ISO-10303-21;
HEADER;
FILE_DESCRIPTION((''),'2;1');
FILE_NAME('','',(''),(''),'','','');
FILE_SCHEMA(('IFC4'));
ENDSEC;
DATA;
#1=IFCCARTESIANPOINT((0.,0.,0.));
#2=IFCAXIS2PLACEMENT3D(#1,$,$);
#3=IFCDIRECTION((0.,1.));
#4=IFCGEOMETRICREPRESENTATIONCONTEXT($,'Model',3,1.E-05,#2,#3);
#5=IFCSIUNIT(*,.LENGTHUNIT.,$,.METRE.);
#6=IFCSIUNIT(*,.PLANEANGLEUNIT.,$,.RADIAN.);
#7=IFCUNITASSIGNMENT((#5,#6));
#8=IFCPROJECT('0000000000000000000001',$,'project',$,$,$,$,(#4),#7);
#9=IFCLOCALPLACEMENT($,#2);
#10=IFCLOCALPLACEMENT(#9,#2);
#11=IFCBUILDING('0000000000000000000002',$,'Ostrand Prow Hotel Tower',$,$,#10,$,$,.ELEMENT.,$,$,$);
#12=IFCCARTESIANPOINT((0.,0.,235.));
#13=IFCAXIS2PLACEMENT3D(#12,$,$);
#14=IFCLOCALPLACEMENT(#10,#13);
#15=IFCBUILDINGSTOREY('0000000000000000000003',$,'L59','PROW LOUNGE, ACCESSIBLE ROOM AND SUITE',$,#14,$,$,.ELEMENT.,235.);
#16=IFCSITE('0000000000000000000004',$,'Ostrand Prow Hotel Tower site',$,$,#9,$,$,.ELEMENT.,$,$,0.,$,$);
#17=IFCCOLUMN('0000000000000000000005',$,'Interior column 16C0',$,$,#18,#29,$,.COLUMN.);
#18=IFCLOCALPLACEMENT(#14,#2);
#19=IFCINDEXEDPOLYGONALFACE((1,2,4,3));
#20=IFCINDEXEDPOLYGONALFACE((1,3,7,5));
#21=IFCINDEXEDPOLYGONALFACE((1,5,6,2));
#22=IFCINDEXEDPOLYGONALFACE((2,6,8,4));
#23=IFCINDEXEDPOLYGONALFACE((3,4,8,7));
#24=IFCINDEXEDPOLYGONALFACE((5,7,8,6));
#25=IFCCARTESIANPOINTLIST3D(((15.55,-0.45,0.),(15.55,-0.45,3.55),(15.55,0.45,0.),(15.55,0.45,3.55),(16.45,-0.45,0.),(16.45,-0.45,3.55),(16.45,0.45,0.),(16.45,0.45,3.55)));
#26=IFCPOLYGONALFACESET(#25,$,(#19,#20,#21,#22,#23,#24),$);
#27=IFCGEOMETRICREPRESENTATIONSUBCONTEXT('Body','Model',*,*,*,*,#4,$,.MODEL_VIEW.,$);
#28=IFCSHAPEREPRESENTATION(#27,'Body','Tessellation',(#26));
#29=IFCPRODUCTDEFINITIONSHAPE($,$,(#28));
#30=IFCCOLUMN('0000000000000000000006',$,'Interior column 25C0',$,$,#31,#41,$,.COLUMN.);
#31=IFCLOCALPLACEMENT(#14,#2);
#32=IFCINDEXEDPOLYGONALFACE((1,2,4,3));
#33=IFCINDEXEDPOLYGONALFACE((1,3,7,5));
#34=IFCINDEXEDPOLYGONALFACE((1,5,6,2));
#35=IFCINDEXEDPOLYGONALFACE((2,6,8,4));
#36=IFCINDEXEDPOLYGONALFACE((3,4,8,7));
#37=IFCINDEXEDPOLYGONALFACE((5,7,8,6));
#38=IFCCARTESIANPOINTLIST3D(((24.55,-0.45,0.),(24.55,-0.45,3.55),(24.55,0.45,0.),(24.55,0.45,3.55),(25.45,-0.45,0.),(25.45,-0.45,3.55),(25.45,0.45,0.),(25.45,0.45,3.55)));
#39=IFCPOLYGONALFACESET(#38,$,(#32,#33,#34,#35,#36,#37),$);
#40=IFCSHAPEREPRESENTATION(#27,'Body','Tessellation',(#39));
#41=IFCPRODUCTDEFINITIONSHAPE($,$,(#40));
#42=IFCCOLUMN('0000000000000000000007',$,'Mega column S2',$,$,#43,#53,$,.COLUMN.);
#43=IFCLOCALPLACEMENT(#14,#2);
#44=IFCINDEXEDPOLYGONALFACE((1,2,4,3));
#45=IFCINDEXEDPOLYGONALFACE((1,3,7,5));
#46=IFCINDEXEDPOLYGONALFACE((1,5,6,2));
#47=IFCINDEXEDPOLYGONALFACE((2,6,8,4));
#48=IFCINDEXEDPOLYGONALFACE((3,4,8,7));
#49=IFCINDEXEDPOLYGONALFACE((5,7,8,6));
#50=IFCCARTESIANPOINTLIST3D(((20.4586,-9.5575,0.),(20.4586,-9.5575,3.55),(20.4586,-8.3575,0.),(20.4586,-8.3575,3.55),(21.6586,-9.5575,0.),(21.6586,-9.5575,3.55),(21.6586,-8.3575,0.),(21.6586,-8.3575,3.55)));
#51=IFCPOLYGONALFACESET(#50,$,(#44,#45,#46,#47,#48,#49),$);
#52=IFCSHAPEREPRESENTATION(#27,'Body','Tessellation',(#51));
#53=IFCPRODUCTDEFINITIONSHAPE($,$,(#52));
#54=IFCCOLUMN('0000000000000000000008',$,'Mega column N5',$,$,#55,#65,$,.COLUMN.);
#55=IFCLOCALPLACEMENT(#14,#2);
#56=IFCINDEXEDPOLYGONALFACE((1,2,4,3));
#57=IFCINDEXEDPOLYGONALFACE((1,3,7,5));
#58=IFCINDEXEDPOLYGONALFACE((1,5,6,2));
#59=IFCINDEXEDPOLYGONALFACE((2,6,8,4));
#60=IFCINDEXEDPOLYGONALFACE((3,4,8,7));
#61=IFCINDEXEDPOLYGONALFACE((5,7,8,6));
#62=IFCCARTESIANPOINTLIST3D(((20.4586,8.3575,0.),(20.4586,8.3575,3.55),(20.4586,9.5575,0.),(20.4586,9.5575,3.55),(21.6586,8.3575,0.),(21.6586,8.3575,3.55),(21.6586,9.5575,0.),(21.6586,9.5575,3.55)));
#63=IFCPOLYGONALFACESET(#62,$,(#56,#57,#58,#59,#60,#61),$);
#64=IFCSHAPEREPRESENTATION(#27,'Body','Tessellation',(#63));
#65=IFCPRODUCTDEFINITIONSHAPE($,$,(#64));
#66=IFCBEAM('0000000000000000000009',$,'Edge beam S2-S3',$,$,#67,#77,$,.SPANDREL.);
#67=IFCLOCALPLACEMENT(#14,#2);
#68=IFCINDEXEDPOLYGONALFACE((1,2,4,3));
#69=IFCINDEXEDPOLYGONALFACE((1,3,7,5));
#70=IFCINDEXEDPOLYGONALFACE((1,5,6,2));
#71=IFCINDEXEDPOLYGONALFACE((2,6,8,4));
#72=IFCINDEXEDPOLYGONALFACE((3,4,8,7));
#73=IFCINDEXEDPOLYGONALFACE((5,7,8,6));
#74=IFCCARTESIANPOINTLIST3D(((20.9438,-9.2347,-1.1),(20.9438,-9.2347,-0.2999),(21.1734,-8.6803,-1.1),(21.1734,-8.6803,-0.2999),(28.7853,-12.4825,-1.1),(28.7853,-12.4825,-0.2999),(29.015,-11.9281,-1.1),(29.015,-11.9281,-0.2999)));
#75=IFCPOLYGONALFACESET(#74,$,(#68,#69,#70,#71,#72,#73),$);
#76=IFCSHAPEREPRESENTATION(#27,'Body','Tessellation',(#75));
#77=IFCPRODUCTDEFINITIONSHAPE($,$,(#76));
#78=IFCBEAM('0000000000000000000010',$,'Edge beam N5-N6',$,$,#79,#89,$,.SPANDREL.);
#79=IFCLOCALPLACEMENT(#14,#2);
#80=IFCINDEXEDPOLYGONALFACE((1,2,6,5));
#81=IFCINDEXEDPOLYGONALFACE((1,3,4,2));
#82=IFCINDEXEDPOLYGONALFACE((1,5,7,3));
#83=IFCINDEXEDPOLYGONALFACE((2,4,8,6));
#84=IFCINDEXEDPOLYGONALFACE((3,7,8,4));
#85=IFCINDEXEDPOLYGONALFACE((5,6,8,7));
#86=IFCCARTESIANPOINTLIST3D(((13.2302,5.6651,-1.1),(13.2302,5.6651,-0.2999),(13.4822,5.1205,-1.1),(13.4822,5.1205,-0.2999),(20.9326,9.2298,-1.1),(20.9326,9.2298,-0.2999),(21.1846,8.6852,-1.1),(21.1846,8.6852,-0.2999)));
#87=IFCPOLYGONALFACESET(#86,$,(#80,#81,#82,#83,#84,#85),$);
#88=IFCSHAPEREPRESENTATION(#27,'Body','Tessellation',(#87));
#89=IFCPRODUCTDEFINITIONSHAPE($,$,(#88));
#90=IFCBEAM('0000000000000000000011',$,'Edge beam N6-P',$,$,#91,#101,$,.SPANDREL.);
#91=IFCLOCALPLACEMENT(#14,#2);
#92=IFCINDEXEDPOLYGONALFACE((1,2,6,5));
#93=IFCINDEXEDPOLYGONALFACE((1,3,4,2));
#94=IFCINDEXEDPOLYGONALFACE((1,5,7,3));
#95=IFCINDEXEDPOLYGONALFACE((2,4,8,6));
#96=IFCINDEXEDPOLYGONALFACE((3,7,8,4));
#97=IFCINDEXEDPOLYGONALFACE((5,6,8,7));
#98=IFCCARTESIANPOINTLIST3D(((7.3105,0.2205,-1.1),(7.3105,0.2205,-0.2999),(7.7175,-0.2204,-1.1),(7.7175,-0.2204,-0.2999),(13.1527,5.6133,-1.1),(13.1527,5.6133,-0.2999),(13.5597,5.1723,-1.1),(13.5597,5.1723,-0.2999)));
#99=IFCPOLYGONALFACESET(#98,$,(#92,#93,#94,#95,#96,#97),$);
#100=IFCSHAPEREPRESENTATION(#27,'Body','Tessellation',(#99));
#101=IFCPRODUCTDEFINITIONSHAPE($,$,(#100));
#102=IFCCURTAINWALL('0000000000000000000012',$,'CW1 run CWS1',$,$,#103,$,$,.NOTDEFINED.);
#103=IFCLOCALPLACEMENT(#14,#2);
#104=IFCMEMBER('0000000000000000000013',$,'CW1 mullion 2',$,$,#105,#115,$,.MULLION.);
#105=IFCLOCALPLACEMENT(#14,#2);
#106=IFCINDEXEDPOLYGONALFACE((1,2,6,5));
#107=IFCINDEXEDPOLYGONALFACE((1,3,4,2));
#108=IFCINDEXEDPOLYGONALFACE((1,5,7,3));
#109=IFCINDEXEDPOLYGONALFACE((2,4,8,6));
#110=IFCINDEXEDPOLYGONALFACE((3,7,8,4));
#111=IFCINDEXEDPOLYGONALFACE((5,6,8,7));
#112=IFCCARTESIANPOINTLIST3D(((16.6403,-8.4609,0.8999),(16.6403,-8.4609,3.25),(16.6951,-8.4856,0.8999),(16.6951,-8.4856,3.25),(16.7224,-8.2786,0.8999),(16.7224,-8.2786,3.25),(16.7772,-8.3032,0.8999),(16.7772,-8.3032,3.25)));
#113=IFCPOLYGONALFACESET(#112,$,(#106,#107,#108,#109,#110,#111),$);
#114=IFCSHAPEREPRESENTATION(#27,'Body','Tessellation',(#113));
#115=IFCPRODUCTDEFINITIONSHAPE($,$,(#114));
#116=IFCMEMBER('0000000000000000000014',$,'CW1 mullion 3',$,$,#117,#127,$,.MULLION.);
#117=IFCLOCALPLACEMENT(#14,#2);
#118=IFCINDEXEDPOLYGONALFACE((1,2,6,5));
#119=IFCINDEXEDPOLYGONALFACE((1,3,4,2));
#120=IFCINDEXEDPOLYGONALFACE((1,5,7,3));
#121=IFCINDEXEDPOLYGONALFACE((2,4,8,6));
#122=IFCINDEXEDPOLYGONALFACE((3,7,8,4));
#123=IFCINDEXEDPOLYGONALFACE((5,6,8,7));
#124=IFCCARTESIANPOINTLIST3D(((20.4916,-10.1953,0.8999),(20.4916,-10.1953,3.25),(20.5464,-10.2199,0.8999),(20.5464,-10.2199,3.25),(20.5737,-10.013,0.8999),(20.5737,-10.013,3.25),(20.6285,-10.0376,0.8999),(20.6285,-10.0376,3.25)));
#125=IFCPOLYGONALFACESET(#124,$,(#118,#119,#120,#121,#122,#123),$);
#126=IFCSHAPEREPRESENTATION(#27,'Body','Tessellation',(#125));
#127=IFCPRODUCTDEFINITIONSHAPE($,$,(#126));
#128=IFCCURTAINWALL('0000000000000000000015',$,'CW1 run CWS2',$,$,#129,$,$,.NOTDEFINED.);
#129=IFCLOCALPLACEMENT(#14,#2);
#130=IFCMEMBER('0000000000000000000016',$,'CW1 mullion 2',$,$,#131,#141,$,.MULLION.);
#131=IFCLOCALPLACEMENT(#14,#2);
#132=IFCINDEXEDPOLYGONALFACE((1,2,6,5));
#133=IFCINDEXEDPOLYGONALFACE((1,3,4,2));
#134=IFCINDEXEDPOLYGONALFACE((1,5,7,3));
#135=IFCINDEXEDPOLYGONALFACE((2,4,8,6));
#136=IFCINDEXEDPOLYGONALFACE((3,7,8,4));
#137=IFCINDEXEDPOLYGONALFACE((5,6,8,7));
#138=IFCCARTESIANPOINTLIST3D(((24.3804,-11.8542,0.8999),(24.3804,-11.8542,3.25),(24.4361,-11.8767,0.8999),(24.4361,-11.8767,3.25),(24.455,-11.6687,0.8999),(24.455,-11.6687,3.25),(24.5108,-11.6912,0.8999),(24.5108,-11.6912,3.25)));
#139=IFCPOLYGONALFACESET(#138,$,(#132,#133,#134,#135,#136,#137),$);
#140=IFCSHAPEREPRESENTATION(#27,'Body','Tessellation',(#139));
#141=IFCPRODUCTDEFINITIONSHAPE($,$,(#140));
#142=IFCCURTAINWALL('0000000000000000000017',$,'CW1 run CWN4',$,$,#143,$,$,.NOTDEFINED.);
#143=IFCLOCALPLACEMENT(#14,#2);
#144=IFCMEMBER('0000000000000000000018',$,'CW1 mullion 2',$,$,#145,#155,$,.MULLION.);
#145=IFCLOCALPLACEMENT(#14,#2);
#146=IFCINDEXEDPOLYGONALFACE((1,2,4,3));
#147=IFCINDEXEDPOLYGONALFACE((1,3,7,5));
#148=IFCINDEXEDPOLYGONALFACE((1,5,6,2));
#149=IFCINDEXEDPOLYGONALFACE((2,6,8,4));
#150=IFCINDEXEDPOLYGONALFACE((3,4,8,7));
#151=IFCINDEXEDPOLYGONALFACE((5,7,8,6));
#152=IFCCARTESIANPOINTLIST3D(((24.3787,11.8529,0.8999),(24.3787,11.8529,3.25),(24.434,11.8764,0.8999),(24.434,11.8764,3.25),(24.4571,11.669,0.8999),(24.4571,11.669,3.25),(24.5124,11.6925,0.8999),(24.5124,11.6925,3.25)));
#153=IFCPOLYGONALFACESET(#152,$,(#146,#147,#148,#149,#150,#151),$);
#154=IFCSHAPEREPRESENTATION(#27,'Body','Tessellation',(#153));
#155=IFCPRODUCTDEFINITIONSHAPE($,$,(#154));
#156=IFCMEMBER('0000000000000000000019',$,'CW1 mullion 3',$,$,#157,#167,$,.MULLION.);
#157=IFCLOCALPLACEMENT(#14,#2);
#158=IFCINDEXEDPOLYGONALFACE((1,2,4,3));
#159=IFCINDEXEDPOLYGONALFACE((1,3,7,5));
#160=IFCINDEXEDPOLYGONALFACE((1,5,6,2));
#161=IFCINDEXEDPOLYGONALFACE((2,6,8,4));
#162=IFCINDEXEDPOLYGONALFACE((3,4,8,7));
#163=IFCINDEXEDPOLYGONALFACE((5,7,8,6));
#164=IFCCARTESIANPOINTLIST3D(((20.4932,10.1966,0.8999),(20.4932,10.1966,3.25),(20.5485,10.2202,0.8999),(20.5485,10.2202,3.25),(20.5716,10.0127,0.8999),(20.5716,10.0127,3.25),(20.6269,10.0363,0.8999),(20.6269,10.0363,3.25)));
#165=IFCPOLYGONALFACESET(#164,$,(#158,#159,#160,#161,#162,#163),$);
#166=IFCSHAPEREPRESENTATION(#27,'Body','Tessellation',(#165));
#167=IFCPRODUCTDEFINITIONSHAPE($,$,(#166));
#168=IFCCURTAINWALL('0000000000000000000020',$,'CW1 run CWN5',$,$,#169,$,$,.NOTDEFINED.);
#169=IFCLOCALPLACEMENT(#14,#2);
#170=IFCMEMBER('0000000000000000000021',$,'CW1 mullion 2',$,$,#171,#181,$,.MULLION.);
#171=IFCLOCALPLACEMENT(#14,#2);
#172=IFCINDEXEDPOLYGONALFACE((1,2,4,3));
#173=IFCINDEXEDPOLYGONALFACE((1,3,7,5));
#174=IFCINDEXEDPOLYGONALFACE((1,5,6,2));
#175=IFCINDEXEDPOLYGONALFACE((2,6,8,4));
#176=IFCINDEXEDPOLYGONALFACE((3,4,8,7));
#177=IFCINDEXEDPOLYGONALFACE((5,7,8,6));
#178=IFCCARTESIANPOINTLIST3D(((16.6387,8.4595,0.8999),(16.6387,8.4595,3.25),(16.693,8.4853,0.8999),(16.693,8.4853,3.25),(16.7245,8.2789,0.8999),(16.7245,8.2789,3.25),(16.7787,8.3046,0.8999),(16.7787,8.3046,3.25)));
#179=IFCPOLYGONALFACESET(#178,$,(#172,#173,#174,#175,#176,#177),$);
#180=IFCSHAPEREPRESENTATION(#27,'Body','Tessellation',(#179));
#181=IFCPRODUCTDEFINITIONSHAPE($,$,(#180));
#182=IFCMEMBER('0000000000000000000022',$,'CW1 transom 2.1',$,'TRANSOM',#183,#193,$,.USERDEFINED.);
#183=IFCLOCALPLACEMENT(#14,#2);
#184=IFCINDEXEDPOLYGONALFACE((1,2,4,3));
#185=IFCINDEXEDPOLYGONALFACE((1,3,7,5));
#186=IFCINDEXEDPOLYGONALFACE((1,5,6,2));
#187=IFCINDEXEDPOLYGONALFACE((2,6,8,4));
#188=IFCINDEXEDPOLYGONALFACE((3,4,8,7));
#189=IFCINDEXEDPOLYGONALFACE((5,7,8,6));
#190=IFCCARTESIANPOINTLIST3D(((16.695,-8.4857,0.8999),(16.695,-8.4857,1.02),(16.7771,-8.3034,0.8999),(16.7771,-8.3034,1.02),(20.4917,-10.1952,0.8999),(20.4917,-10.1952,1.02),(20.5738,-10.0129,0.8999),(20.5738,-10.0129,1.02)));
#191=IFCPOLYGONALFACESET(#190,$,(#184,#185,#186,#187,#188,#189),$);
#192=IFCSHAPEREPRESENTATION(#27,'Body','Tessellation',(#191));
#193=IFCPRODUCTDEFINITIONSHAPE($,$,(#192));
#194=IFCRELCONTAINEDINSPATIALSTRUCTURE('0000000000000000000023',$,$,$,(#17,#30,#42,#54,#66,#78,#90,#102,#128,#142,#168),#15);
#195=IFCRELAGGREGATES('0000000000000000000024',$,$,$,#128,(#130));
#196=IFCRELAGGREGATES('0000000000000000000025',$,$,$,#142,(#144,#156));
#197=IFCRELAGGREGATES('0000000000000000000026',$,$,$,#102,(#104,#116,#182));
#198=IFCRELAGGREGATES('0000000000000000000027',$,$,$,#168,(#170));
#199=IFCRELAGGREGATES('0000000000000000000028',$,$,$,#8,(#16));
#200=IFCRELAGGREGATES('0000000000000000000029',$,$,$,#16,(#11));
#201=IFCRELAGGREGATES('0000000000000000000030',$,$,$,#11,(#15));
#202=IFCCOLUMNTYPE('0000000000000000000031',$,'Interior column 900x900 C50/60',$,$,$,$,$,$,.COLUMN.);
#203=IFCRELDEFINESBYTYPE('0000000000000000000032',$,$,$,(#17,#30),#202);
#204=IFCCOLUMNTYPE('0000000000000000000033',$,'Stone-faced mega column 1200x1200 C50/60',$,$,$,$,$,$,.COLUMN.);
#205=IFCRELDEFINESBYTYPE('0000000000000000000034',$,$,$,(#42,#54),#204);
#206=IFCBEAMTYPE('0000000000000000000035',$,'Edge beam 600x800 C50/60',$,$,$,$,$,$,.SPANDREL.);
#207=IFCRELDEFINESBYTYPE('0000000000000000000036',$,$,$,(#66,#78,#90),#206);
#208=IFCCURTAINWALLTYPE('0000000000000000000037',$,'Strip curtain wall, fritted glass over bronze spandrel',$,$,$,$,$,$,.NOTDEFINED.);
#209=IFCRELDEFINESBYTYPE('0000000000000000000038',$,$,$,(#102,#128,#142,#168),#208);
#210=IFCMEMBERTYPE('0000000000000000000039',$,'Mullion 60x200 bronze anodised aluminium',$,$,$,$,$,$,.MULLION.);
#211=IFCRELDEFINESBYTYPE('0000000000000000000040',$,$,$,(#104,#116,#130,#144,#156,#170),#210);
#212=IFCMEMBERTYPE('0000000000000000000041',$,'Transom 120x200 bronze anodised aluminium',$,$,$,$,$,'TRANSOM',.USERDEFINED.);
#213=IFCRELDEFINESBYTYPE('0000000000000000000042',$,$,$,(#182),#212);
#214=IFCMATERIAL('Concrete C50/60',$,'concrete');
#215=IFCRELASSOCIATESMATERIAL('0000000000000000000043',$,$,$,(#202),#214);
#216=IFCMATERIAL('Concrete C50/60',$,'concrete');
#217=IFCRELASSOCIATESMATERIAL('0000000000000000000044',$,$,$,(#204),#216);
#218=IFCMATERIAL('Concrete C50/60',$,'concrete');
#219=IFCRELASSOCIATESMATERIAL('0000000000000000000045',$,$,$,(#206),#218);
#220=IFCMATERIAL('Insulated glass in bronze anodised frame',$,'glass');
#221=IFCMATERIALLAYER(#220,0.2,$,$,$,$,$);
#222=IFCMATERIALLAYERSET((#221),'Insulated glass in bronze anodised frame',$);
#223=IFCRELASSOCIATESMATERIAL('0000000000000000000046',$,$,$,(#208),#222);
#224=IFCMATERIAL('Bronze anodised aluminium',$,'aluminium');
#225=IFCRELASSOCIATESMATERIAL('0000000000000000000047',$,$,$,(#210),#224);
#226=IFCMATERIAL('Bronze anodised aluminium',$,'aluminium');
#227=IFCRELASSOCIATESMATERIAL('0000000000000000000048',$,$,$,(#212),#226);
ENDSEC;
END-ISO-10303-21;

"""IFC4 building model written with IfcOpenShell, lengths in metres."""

from ifc_helpers import new_model, si_unit, direction, frame, origin, origin_2d, place, context, subcontext, project, spatial, rectangle, extrude, material, layer, layer_set, material_profile, profile_set, type_object, element, aggregate, save


model = new_model("IFC4")

# Units and contexts
model_context = context("Model", 3, precision=1e-05, world=origin(), true_north=direction((0.0, 1.0)))
body_context = subcontext(model_context, "Body", "Model", "MODEL_VIEW")
ifc_project = project(units=[si_unit("LENGTHUNIT", "METRE"), si_unit("PLANEANGLEUNIT", "RADIAN")], contexts=[model_context])

# Site, building, storey
site_placement = place(None, origin())
site = spatial("IfcSite", under=ifc_project, at=site_placement, Name="Ostrand Prow Hotel Tower site", CompositionType="ELEMENT", RefElevation=0.0)
building_placement = place(site_placement, origin())
building = spatial("IfcBuilding", under=site, at=building_placement, Name="Ostrand Prow Hotel Tower", CompositionType="ELEMENT")
storey_placement = place(building_placement, frame((0.0, 0.0, 235.0)))
storey = spatial("IfcBuildingStorey", under=building, at=storey_placement, Name="L59", Description="PROW LOUNGE, ACCESSIBLE ROOM AND SUITE", CompositionType="ELEMENT", Elevation=235.0)

# Columns
ifc_material_1 = material(Name="Concrete C50/60", Category="concrete")
ifc_material_profile_1 = material_profile(ifc_material_1, rectangle(XDim=0.8999, YDim=0.8999, at=origin_2d()), Name="RC 900x900")
ifc_profile_set_1 = profile_set([ifc_material_profile_1], Name="Concrete C50/60")
column_type_1 = type_object("IfcColumnType", Name="Interior column 900x900 C50/60", PredefinedType="COLUMN", material=ifc_profile_set_1)
for number, where, z_axis, x_axis, name in (
    (1, (16.0, 0.0, 0.0), (0.0, 0.0, 1.0), (1.0, 0.0, 0.0), "Interior column 16C0"),
    (2, (25.0, 0.0, 0.0), (0.0, 0.0, 1.0), (1.0, 0.0, 0.0), "Interior column 25C0"),
):
    element("IfcColumn", number, at=place(storey_placement, frame(where, z_axis=z_axis, x_axis=x_axis)), inside=storey, type_object=column_type_1, Name=name, PredefinedType="COLUMN", context=body_context, shape_type="SweptSolid", body=[
        extrude(rectangle(XDim=0.8999, YDim=0.8999, at=origin_2d()), origin(), (0.0, 0.0, 1.0), 3.55),
    ])
ifc_material_2 = material(Name="Concrete C50/60", Category="concrete")
ifc_material_profile_2 = material_profile(ifc_material_2, rectangle(XDim=1.2, YDim=1.2, at=origin_2d()), Name="RC 1200x1200")
ifc_profile_set_2 = profile_set([ifc_material_profile_2], Name="Concrete C50/60")
column_type_2 = type_object("IfcColumnType", Name="Stone-faced mega column 1200x1200 C50/60", PredefinedType="COLUMN", material=ifc_profile_set_2)
for number, where, z_axis, x_axis, name in (
    (3, (21.0586, -8.9575, 0.0), (0.0, 0.0, 1.0), (1.0, 0.0, 0.0), "Mega column S2"),
    (4, (21.0586, 8.9575, 0.0), (0.0, 0.0, 1.0), (1.0, 0.0, 0.0), "Mega column N5"),
):
    element("IfcColumn", number, at=place(storey_placement, frame(where, z_axis=z_axis, x_axis=x_axis)), inside=storey, type_object=column_type_2, Name=name, PredefinedType="COLUMN", context=body_context, shape_type="SweptSolid", body=[
        extrude(rectangle(XDim=1.2, YDim=1.2, at=origin_2d()), origin(), (0.0, 0.0, 1.0), 3.55),
    ])

# Beams
ifc_material_3 = material(Name="Concrete C50/60", Category="concrete")
ifc_material_profile_3 = material_profile(ifc_material_3, rectangle(XDim=0.6001, YDim=0.8, at=origin_2d()), Name="RC 600x800")
ifc_profile_set_3 = profile_set([ifc_material_profile_3], Name="Concrete C50/60")
beam_type = type_object("IfcBeamType", Name="Edge beam 600x800 C50/60", PredefinedType="SPANDREL", material=ifc_profile_set_3)
beam_1_placement = place(storey_placement, frame((21.0586, -8.9575, -0.7), z_axis=(0.923891, -0.382656, 0.0), x_axis=(0.382656, 0.923891, 0.0)))
element("IfcBeam", 5, at=beam_1_placement, inside=storey, type_object=beam_type, Name="Edge beam S2-S3", PredefinedType="SPANDREL", context=body_context, shape_type="SweptSolid", body=[
    extrude(rectangle(XDim=0.6001, YDim=0.8, at=origin_2d()), origin(), (0.0, 0.0, 1.0), 8.4875),
])
beam_2_placement = place(storey_placement, frame((21.0586, 8.9575, -0.7), z_axis=(-0.907522, -0.420005, 0.0), x_axis=(0.420005, -0.907522, 0.0)))
element("IfcBeam", 6, at=beam_2_placement, inside=storey, type_object=beam_type, Name="Edge beam N5-N6", PredefinedType="SPANDREL", context=body_context, shape_type="SweptSolid", body=[
    extrude(rectangle(XDim=0.6001, YDim=0.8, at=origin_2d()), origin(), (0.0, 0.0, 1.0), 8.4873),
])
beam_3_placement = place(storey_placement, frame((13.3562, 5.3928, -0.7), z_axis=(-0.734807, -0.678276, 0.0), x_axis=(0.678276, -0.734807, 0.0)))
element("IfcBeam", 7, at=beam_3_placement, inside=storey, type_object=beam_type, Name="Edge beam N6-P", PredefinedType="SPANDREL", context=body_context, shape_type="SweptSolid", body=[
    extrude(rectangle(XDim=0.6001, YDim=0.8, at=origin_2d()), origin(), (0.0, 0.0, 1.0), 7.9507),
])

# Curtain wall, members
ifc_material_4 = material(Name="Insulated glass in bronze anodised frame", Category="glass")
ifc_layer_1 = layer(ifc_material_4, 0.2)
ifc_layer_set_1 = layer_set([ifc_layer_1], Name="Insulated glass in bronze anodised frame")
curtain_wall_type = type_object("IfcCurtainWallType", Name="Strip curtain wall, fritted glass over bronze spandrel", PredefinedType="NOTDEFINED", material=ifc_layer_set_1)
curtain_wall_1_placement = place(storey_placement, origin())
curtain_wall_1 = element("IfcCurtainWall", 8, at=curtain_wall_1_placement, inside=storey, type_object=curtain_wall_type, Name="CW1 run CWS1", PredefinedType="NOTDEFINED")
ifc_material_5 = material(Name="Bronze anodised aluminium", Category="aluminium")
ifc_material_profile_4 = material_profile(ifc_material_5, rectangle(XDim=0.2, YDim=0.0601, at=origin_2d()), Name="Mullion 60x200 bronze anodised aluminium")
ifc_profile_set_4 = profile_set([ifc_material_profile_4], Name="Bronze anodised aluminium")
member_type_1 = type_object("IfcMemberType", Name="Mullion 60x200 bronze anodised aluminium", PredefinedType="MULLION", material=ifc_profile_set_4)
member_1_placement = place(storey_placement, frame((16.7087, -8.3821, 0.8999), z_axis=(0.0, 0.0, 1.0), x_axis=(0.410582, 0.911824, 0.0)))
member_1 = element("IfcMember", 9, at=member_1_placement, type_object=member_type_1, Name="CW1 mullion 2", PredefinedType="MULLION", context=body_context, shape_type="SweptSolid", body=[
    extrude(rectangle(XDim=0.2, YDim=0.0601, at=origin_2d()), origin(), (0.0, 0.0, 1.0), 2.3501),
])
member_2_placement = place(storey_placement, frame((20.5601, -10.1165, 0.8999), z_axis=(0.0, 0.0, 1.0), x_axis=(0.410582, 0.911824, 0.0)))
member_2 = element("IfcMember", 10, at=member_2_placement, type_object=member_type_1, Name="CW1 mullion 3", PredefinedType="MULLION", context=body_context, shape_type="SweptSolid", body=[
    extrude(rectangle(XDim=0.2, YDim=0.0601, at=origin_2d()), origin(), (0.0, 0.0, 1.0), 2.3501),
])

# Curtain wall, member
curtain_wall_2_placement = place(storey_placement, origin())
curtain_wall_2 = element("IfcCurtainWall", 11, at=curtain_wall_2_placement, inside=storey, type_object=curtain_wall_type, Name="CW1 run CWS2", PredefinedType="NOTDEFINED")
member_3_placement = place(storey_placement, frame((24.4456, -11.7727, 0.8999), z_axis=(0.0, 0.0, 1.0), x_axis=(0.373533, 0.927617, 0.0)))
member_3 = element("IfcMember", 12, at=member_3_placement, type_object=member_type_1, Name="CW1 mullion 2", PredefinedType="MULLION", context=body_context, shape_type="SweptSolid", body=[
    extrude(rectangle(XDim=0.2, YDim=0.0601, at=origin_2d()), origin(), (0.0, 0.0, 1.0), 2.3501),
])

# Curtain wall, members
curtain_wall_3_placement = place(storey_placement, origin())
curtain_wall_3 = element("IfcCurtainWall", 13, at=curtain_wall_3_placement, inside=storey, type_object=curtain_wall_type, Name="CW1 run CWN4", PredefinedType="NOTDEFINED")
member_4_placement = place(storey_placement, frame((24.4456, 11.7727, 0.8999), z_axis=(0.0, 0.0, 1.0), x_axis=(0.392136, -0.919907, 0.0)))
member_4 = element("IfcMember", 14, at=member_4_placement, type_object=member_type_1, Name="CW1 mullion 2", PredefinedType="MULLION", context=body_context, shape_type="SweptSolid", body=[
    extrude(rectangle(XDim=0.2, YDim=0.0601, at=origin_2d()), origin(), (0.0, 0.0, 1.0), 2.3501),
])
member_5_placement = place(storey_placement, frame((20.5601, 10.1165, 0.8999), z_axis=(0.0, 0.0, 1.0), x_axis=(0.392136, -0.919907, 0.0)))
member_5 = element("IfcMember", 15, at=member_5_placement, type_object=member_type_1, Name="CW1 mullion 3", PredefinedType="MULLION", context=body_context, shape_type="SweptSolid", body=[
    extrude(rectangle(XDim=0.2, YDim=0.0601, at=origin_2d()), origin(), (0.0, 0.0, 1.0), 2.3501),
])

# Curtain wall, member
curtain_wall_4_placement = place(storey_placement, origin())
curtain_wall_4 = element("IfcCurtainWall", 16, at=curtain_wall_4_placement, inside=storey, type_object=curtain_wall_type, Name="CW1 run CWN5", PredefinedType="NOTDEFINED")
member_6_placement = place(storey_placement, frame((16.7087, 8.3821, 0.8999), z_axis=(0.0, 0.0, 1.0), x_axis=(0.428861, -0.90337, 0.0)))
member_6 = element("IfcMember", 17, at=member_6_placement, type_object=member_type_1, Name="CW1 mullion 2", PredefinedType="MULLION", context=body_context, shape_type="SweptSolid", body=[
    extrude(rectangle(XDim=0.2, YDim=0.0601, at=origin_2d()), origin(), (0.0, 0.0, 1.0), 2.3501),
])

# Member
ifc_material_6 = material(Name="Bronze anodised aluminium", Category="aluminium")
ifc_material_profile_5 = material_profile(ifc_material_6, rectangle(XDim=0.2, YDim=0.1201, at=origin_2d()), Name="Transom 120x200 bronze anodised aluminium")
ifc_profile_set_5 = profile_set([ifc_material_profile_5], Name="Bronze anodised aluminium")
member_type_2 = type_object("IfcMemberType", Name="Transom 120x200 bronze anodised aluminium", ElementType="TRANSOM", PredefinedType="USERDEFINED", material=ifc_profile_set_5)
member_7_placement = place(storey_placement, frame((16.7361, -8.3945, 0.96), z_axis=(0.911833, -0.410562, 0.0), x_axis=(0.410562, 0.911833, 0.0)))
member_7 = element("IfcMember", 18, at=member_7_placement, type_object=member_type_2, Name="CW1 transom 2.1", ObjectType="TRANSOM", PredefinedType="USERDEFINED", context=body_context, shape_type="SweptSolid", body=[
    extrude(rectangle(XDim=0.2, YDim=0.1201, at=origin_2d()), origin(), (0.0, 0.0, 1.0), 4.1638),
])

aggregate(curtain_wall_2, [member_3])
aggregate(curtain_wall_3, [member_4, member_5])
aggregate(curtain_wall_1, [member_1, member_2, member_7])
aggregate(curtain_wall_4, [member_6])

save(model, "model.ifc")
